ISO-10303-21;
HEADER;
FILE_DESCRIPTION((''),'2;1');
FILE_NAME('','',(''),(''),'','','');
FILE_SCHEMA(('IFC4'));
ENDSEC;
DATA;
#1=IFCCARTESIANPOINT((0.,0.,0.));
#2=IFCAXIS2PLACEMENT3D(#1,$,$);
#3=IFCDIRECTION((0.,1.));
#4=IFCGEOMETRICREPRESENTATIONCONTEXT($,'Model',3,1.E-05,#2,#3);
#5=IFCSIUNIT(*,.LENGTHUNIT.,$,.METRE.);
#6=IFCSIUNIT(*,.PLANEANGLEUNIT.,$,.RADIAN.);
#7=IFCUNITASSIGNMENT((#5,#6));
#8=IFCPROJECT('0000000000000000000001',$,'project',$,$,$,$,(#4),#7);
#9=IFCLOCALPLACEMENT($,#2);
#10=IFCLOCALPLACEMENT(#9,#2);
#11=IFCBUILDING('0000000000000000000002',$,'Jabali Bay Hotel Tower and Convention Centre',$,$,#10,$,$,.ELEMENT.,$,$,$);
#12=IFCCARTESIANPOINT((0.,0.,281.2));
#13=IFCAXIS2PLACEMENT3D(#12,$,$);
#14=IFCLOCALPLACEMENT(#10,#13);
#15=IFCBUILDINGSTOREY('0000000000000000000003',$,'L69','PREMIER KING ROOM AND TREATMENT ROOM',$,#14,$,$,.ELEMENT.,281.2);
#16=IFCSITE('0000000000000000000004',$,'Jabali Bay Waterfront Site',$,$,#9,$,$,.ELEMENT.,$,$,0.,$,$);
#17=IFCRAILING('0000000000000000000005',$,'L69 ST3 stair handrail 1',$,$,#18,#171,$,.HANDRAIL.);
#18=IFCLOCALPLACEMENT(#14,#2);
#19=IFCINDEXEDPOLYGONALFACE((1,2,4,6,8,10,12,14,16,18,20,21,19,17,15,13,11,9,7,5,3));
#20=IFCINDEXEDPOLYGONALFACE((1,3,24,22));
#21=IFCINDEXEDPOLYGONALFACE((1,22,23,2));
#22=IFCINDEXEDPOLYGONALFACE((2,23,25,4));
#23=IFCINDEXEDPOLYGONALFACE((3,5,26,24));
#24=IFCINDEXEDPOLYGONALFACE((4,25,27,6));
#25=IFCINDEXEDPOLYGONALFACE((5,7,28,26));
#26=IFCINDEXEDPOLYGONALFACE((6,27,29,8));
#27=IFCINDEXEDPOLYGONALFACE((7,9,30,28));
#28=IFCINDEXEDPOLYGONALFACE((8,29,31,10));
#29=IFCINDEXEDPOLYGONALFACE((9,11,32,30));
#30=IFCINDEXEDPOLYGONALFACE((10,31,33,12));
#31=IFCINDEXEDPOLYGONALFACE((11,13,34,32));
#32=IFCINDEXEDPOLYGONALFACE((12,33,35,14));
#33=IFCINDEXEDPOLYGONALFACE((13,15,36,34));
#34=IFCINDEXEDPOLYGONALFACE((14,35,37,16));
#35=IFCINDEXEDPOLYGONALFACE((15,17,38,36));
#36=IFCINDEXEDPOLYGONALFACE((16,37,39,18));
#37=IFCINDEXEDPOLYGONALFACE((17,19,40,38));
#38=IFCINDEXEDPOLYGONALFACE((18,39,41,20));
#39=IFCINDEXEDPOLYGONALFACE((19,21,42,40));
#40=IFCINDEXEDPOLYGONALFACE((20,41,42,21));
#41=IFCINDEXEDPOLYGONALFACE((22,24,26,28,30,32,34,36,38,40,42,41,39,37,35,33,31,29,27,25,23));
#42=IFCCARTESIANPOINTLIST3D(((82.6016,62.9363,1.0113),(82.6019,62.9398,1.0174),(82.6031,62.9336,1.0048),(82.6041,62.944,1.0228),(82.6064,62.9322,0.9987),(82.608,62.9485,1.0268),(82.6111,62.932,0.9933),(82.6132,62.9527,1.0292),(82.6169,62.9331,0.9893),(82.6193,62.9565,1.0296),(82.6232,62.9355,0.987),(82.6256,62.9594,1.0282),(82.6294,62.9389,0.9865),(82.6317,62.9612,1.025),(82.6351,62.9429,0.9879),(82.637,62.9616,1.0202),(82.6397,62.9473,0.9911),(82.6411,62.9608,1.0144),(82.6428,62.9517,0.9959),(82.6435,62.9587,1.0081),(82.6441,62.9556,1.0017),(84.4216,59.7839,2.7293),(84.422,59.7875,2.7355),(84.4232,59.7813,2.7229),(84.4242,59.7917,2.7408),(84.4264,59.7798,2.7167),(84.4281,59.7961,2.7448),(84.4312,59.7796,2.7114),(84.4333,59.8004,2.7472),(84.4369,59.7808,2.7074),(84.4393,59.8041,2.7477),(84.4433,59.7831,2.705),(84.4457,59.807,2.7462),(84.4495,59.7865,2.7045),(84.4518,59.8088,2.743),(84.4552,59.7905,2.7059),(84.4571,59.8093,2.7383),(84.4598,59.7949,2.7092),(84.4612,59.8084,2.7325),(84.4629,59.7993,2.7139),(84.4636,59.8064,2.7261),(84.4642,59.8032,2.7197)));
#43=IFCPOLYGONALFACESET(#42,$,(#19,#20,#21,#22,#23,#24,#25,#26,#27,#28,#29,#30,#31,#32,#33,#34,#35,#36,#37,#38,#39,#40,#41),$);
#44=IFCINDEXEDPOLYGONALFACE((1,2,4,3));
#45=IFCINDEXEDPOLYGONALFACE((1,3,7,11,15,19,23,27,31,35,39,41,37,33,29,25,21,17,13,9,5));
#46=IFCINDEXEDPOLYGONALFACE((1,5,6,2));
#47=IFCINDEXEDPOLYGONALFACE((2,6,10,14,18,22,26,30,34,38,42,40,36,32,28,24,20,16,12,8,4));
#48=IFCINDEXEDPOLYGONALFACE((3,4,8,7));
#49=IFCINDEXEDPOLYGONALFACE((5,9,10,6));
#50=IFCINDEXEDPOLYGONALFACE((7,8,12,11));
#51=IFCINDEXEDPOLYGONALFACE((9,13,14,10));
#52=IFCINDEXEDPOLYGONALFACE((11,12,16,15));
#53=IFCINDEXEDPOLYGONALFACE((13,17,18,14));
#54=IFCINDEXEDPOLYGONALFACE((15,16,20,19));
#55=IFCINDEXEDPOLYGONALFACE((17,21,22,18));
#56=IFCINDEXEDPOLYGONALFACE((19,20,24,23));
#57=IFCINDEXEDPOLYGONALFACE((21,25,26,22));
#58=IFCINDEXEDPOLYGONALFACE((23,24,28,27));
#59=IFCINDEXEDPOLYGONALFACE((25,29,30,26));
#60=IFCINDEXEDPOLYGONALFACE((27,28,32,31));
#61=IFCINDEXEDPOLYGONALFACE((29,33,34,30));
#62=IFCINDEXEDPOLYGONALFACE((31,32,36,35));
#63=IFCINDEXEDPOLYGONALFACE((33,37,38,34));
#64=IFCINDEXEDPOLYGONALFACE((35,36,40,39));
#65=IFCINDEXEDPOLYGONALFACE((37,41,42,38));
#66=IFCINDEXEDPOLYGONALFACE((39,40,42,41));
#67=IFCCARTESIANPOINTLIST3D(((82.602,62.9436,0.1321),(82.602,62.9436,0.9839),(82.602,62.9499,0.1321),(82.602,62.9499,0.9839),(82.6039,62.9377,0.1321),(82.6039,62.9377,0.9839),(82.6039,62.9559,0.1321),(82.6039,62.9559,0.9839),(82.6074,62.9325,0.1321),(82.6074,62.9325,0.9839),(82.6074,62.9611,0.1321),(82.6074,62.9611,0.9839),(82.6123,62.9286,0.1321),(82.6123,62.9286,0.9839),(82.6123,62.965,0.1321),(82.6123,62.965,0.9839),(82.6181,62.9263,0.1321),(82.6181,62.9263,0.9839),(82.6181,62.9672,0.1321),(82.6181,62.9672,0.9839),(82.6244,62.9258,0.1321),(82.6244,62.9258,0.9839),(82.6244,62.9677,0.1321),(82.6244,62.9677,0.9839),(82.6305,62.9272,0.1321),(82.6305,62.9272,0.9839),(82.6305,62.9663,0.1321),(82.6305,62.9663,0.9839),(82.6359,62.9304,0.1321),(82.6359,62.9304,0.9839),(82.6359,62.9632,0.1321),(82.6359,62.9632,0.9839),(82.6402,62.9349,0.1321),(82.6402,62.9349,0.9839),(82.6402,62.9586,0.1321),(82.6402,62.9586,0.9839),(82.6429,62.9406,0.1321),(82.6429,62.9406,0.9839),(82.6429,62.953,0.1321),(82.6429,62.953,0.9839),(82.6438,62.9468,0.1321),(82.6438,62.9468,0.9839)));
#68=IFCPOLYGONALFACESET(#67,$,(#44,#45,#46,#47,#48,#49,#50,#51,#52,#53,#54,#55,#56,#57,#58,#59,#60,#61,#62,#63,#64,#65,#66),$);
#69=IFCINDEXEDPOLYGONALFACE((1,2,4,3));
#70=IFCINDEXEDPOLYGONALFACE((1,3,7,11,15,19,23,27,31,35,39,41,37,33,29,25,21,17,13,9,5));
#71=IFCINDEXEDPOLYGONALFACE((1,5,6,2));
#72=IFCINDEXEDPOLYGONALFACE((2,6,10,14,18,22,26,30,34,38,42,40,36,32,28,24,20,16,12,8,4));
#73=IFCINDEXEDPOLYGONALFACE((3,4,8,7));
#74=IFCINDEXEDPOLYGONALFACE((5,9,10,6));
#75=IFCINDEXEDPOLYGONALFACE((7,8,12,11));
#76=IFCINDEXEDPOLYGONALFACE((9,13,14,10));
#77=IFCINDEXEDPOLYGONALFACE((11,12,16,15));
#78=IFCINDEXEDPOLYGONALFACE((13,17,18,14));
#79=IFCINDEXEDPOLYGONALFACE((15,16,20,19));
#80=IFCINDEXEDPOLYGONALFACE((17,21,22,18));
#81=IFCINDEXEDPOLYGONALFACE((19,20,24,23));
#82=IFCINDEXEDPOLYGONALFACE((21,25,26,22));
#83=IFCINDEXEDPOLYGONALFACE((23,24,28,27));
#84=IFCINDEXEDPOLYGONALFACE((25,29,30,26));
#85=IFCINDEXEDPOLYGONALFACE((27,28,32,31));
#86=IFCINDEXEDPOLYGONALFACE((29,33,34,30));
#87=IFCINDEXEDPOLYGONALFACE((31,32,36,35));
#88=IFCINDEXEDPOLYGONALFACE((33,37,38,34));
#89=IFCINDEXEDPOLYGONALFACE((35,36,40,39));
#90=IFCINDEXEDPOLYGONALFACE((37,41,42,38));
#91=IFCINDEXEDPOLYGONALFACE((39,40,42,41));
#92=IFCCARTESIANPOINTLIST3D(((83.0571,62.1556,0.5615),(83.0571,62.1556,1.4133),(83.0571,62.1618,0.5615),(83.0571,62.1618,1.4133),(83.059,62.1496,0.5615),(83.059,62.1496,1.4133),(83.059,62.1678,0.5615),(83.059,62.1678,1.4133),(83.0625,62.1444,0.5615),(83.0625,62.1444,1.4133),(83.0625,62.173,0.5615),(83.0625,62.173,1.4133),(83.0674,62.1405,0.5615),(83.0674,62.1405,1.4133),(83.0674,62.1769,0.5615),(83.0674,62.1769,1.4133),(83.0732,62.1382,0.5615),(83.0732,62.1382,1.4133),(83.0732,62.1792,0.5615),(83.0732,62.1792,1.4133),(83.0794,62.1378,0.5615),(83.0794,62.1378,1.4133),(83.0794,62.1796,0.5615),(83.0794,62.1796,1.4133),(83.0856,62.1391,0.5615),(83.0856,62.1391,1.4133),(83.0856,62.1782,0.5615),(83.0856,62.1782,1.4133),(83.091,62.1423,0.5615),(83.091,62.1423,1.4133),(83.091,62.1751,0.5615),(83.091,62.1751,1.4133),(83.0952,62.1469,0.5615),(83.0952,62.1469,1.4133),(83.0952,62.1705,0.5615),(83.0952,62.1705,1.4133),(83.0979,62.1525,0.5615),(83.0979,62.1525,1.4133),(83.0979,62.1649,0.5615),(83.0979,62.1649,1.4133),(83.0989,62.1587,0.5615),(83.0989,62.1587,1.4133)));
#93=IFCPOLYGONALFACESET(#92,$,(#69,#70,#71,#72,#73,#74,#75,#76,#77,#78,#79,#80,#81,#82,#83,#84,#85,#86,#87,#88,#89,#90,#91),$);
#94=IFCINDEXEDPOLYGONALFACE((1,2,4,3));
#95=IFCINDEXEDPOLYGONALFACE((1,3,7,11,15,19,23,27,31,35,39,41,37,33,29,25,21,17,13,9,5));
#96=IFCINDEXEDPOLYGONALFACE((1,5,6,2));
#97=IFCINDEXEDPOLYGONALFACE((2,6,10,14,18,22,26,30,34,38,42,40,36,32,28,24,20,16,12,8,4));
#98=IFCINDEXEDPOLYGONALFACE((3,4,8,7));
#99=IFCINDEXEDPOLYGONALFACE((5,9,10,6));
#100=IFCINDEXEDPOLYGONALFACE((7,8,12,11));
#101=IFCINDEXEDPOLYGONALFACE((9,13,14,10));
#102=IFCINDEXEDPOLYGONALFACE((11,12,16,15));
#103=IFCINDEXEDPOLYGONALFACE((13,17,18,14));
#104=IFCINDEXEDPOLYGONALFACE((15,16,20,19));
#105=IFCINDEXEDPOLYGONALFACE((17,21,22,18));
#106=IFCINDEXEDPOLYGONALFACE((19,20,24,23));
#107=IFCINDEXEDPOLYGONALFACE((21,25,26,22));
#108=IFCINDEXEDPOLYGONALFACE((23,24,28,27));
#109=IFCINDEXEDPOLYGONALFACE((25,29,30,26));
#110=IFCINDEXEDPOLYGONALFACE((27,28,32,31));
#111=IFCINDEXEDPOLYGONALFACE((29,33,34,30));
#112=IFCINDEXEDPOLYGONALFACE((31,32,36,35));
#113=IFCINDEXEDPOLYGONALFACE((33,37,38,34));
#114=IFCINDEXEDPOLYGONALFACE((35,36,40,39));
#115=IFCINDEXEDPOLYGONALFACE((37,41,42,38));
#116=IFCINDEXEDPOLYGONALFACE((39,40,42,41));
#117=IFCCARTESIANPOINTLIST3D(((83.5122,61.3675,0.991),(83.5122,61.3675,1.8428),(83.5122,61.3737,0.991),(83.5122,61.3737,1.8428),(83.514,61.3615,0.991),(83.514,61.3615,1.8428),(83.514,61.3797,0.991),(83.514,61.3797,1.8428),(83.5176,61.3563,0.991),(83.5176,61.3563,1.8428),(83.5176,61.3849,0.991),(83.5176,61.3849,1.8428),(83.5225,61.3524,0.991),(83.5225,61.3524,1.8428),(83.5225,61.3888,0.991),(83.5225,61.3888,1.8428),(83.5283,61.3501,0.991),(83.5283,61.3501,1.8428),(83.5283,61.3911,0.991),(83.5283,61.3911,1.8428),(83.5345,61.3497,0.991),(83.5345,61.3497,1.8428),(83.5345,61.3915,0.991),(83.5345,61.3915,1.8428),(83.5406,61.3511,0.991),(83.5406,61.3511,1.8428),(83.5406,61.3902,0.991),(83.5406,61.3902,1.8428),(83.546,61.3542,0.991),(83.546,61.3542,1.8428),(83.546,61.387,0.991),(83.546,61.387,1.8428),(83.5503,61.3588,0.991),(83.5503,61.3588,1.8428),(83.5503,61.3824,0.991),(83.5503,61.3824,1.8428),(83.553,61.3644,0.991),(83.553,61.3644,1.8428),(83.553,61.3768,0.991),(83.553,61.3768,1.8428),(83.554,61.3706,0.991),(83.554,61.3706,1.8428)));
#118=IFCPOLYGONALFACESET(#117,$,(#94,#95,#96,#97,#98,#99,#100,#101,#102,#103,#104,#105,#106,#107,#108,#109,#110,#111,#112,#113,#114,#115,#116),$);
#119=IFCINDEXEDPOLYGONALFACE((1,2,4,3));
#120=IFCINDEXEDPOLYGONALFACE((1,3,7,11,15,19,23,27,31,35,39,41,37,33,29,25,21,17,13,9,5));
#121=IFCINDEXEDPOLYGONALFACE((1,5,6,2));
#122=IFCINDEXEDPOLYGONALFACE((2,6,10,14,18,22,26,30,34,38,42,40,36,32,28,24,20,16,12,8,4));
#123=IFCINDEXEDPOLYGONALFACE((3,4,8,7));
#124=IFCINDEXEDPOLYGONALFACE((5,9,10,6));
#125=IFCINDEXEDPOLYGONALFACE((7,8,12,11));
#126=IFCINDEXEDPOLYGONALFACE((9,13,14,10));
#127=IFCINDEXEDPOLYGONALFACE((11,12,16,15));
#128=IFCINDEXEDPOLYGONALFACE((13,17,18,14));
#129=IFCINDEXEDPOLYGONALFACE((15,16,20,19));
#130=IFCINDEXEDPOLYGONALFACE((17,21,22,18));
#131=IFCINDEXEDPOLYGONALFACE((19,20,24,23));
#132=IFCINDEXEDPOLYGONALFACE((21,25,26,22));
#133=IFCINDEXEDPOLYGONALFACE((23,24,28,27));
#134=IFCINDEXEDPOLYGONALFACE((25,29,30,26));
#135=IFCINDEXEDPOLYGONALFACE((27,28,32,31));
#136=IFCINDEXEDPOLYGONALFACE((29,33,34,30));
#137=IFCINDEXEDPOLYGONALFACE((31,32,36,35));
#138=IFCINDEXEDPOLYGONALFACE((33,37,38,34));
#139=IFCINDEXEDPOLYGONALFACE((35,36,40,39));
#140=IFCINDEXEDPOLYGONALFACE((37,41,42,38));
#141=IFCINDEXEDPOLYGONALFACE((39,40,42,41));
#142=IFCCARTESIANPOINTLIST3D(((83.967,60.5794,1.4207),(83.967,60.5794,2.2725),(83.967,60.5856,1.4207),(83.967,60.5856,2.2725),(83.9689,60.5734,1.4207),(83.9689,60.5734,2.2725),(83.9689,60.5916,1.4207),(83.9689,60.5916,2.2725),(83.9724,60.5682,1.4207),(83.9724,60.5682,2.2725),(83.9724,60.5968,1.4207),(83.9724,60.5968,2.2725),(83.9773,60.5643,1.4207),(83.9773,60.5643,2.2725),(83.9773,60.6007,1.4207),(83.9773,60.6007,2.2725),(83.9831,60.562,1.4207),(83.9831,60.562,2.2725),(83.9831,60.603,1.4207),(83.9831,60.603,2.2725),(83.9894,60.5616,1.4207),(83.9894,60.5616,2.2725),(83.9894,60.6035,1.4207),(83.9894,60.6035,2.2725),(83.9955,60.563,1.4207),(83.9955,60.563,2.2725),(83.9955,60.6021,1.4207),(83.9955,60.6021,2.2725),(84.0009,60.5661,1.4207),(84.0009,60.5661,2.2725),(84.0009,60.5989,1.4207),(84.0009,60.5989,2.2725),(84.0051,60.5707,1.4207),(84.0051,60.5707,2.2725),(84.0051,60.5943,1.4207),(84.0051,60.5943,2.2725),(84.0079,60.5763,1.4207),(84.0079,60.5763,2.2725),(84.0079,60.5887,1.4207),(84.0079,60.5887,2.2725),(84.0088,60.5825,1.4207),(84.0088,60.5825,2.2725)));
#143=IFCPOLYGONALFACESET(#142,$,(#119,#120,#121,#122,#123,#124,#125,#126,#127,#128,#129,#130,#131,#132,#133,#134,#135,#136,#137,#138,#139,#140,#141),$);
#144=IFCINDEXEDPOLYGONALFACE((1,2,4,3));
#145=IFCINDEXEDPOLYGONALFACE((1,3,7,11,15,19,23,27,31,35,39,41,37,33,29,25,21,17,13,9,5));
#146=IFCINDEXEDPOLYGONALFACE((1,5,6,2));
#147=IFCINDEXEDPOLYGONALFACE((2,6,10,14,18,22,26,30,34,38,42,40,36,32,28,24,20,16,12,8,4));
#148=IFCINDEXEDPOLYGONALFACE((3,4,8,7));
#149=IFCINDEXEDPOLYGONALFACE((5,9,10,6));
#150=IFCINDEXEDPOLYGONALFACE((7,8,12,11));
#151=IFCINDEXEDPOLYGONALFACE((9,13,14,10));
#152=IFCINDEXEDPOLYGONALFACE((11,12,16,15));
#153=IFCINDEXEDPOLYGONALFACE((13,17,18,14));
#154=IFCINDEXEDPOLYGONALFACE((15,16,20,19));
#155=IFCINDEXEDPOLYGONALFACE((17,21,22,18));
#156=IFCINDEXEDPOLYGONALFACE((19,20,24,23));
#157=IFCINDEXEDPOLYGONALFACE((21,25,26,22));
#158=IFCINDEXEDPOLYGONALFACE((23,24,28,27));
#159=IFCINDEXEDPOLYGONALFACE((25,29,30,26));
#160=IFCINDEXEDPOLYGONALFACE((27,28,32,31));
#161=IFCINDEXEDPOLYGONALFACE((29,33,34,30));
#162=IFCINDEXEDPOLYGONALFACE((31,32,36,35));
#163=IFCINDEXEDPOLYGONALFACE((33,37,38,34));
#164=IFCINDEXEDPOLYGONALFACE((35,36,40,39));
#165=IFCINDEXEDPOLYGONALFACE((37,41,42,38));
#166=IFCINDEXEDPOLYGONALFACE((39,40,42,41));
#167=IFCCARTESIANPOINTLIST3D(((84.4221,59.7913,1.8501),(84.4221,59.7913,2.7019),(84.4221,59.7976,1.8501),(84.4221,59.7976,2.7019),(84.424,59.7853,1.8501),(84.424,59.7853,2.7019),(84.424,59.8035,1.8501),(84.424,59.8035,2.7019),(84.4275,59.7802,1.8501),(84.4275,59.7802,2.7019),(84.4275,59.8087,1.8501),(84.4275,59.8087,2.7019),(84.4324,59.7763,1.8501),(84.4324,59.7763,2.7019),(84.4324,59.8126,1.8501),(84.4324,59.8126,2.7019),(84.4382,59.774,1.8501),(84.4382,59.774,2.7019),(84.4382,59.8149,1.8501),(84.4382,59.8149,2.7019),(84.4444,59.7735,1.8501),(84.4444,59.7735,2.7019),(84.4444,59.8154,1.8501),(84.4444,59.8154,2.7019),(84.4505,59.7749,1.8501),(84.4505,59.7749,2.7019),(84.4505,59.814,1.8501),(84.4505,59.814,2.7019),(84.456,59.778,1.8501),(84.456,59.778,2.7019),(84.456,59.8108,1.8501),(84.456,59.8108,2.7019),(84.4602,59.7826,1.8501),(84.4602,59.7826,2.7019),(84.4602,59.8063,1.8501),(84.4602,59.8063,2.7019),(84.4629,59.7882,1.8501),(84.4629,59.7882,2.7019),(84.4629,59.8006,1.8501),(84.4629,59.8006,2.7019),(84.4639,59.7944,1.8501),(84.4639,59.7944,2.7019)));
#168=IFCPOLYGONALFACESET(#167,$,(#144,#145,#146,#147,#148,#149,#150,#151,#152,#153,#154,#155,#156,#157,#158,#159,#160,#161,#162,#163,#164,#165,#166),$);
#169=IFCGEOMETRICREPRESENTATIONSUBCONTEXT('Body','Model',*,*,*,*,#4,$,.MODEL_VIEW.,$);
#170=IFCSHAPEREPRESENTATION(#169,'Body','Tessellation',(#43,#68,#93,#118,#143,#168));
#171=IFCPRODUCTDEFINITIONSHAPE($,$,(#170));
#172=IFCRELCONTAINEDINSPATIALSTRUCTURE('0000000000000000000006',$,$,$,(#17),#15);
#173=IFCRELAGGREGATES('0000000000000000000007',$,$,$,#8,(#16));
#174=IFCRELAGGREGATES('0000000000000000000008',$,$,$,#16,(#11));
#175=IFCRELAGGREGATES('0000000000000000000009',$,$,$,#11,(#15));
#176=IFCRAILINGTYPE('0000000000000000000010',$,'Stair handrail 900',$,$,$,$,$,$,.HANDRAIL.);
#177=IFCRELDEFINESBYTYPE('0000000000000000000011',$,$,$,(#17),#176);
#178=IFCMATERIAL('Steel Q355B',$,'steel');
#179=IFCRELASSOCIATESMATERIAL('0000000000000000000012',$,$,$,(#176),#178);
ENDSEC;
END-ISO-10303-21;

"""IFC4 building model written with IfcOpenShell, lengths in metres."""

from ifc_helpers import new_model, si_unit, direction, frame, origin, origin_2d, place, context, subcontext, project, spatial, circle, extrude, material, type_object, element, save


model = new_model("IFC4")

# Units and contexts
model_context = context("Model", 3, precision=1e-05, world=origin(), true_north=direction((0.0, 1.0)))
body_context = subcontext(model_context, "Body", "Model", "MODEL_VIEW")
ifc_project = project(units=[si_unit("LENGTHUNIT", "METRE"), si_unit("PLANEANGLEUNIT", "RADIAN")], contexts=[model_context])

# Site, building, storey
site_placement = place(None, origin())
site = spatial("IfcSite", under=ifc_project, at=site_placement, Name="Jabali Bay Waterfront Site", CompositionType="ELEMENT", RefElevation=0.0)
building_placement = place(site_placement, origin())
building = spatial("IfcBuilding", under=site, at=building_placement, Name="Jabali Bay Hotel Tower and Convention Centre", CompositionType="ELEMENT")
storey_placement = place(building_placement, frame((0.0, 0.0, 281.2)))
storey = spatial("IfcBuildingStorey", under=building, at=storey_placement, Name="L69", Description="PREMIER KING ROOM AND TREATMENT ROOM", CompositionType="ELEMENT", Elevation=281.2)

# Railing
ifc_material_1 = material(Name="Steel Q355B", Category="steel")
railing_type_1 = type_object("IfcRailingType", Name="Stair handrail 900", PredefinedType="HANDRAIL", material=ifc_material_1)
railing_1_placement = place(storey_placement, frame((82.6228, 62.9468, 0.1321)))
element("IfcRailing", 1, at=railing_1_placement, inside=storey, type_object=railing_type_1, Name="L69 ST3 stair handrail 1", PredefinedType="HANDRAIL", context=body_context, shape_type="SweptSolid", body=[
    extrude(circle(Radius=0.0239, at=origin_2d()), frame((0.0, 0.0, 0.876), z_axis=(0.452179, -0.78317, 0.426825), x_axis=(0.866018, 0.500013, 0.0)), (0.0, 0.0, 1.0), 4.0251),
    extrude(circle(Radius=0.021, at=origin_2d()), origin(), (0.0, 0.0, 1.0), 0.8518),
    extrude(circle(Radius=0.021, at=origin_2d()), frame((0.4551, -0.7881, 0.4294)), (0.0, 0.0, 1.0), 0.8518),
    extrude(circle(Radius=0.021, at=origin_2d()), frame((0.9102, -1.5762, 0.8589)), (0.0, 0.0, 1.0), 0.8518),
    extrude(circle(Radius=0.021, at=origin_2d()), frame((1.365, -2.3643, 1.2886)), (0.0, 0.0, 1.0), 0.8518),
    extrude(circle(Radius=0.021, at=origin_2d()), frame((1.8201, -3.1523, 1.718)), (0.0, 0.0, 1.0), 0.8518),
])

save(model, "model.ifc")
